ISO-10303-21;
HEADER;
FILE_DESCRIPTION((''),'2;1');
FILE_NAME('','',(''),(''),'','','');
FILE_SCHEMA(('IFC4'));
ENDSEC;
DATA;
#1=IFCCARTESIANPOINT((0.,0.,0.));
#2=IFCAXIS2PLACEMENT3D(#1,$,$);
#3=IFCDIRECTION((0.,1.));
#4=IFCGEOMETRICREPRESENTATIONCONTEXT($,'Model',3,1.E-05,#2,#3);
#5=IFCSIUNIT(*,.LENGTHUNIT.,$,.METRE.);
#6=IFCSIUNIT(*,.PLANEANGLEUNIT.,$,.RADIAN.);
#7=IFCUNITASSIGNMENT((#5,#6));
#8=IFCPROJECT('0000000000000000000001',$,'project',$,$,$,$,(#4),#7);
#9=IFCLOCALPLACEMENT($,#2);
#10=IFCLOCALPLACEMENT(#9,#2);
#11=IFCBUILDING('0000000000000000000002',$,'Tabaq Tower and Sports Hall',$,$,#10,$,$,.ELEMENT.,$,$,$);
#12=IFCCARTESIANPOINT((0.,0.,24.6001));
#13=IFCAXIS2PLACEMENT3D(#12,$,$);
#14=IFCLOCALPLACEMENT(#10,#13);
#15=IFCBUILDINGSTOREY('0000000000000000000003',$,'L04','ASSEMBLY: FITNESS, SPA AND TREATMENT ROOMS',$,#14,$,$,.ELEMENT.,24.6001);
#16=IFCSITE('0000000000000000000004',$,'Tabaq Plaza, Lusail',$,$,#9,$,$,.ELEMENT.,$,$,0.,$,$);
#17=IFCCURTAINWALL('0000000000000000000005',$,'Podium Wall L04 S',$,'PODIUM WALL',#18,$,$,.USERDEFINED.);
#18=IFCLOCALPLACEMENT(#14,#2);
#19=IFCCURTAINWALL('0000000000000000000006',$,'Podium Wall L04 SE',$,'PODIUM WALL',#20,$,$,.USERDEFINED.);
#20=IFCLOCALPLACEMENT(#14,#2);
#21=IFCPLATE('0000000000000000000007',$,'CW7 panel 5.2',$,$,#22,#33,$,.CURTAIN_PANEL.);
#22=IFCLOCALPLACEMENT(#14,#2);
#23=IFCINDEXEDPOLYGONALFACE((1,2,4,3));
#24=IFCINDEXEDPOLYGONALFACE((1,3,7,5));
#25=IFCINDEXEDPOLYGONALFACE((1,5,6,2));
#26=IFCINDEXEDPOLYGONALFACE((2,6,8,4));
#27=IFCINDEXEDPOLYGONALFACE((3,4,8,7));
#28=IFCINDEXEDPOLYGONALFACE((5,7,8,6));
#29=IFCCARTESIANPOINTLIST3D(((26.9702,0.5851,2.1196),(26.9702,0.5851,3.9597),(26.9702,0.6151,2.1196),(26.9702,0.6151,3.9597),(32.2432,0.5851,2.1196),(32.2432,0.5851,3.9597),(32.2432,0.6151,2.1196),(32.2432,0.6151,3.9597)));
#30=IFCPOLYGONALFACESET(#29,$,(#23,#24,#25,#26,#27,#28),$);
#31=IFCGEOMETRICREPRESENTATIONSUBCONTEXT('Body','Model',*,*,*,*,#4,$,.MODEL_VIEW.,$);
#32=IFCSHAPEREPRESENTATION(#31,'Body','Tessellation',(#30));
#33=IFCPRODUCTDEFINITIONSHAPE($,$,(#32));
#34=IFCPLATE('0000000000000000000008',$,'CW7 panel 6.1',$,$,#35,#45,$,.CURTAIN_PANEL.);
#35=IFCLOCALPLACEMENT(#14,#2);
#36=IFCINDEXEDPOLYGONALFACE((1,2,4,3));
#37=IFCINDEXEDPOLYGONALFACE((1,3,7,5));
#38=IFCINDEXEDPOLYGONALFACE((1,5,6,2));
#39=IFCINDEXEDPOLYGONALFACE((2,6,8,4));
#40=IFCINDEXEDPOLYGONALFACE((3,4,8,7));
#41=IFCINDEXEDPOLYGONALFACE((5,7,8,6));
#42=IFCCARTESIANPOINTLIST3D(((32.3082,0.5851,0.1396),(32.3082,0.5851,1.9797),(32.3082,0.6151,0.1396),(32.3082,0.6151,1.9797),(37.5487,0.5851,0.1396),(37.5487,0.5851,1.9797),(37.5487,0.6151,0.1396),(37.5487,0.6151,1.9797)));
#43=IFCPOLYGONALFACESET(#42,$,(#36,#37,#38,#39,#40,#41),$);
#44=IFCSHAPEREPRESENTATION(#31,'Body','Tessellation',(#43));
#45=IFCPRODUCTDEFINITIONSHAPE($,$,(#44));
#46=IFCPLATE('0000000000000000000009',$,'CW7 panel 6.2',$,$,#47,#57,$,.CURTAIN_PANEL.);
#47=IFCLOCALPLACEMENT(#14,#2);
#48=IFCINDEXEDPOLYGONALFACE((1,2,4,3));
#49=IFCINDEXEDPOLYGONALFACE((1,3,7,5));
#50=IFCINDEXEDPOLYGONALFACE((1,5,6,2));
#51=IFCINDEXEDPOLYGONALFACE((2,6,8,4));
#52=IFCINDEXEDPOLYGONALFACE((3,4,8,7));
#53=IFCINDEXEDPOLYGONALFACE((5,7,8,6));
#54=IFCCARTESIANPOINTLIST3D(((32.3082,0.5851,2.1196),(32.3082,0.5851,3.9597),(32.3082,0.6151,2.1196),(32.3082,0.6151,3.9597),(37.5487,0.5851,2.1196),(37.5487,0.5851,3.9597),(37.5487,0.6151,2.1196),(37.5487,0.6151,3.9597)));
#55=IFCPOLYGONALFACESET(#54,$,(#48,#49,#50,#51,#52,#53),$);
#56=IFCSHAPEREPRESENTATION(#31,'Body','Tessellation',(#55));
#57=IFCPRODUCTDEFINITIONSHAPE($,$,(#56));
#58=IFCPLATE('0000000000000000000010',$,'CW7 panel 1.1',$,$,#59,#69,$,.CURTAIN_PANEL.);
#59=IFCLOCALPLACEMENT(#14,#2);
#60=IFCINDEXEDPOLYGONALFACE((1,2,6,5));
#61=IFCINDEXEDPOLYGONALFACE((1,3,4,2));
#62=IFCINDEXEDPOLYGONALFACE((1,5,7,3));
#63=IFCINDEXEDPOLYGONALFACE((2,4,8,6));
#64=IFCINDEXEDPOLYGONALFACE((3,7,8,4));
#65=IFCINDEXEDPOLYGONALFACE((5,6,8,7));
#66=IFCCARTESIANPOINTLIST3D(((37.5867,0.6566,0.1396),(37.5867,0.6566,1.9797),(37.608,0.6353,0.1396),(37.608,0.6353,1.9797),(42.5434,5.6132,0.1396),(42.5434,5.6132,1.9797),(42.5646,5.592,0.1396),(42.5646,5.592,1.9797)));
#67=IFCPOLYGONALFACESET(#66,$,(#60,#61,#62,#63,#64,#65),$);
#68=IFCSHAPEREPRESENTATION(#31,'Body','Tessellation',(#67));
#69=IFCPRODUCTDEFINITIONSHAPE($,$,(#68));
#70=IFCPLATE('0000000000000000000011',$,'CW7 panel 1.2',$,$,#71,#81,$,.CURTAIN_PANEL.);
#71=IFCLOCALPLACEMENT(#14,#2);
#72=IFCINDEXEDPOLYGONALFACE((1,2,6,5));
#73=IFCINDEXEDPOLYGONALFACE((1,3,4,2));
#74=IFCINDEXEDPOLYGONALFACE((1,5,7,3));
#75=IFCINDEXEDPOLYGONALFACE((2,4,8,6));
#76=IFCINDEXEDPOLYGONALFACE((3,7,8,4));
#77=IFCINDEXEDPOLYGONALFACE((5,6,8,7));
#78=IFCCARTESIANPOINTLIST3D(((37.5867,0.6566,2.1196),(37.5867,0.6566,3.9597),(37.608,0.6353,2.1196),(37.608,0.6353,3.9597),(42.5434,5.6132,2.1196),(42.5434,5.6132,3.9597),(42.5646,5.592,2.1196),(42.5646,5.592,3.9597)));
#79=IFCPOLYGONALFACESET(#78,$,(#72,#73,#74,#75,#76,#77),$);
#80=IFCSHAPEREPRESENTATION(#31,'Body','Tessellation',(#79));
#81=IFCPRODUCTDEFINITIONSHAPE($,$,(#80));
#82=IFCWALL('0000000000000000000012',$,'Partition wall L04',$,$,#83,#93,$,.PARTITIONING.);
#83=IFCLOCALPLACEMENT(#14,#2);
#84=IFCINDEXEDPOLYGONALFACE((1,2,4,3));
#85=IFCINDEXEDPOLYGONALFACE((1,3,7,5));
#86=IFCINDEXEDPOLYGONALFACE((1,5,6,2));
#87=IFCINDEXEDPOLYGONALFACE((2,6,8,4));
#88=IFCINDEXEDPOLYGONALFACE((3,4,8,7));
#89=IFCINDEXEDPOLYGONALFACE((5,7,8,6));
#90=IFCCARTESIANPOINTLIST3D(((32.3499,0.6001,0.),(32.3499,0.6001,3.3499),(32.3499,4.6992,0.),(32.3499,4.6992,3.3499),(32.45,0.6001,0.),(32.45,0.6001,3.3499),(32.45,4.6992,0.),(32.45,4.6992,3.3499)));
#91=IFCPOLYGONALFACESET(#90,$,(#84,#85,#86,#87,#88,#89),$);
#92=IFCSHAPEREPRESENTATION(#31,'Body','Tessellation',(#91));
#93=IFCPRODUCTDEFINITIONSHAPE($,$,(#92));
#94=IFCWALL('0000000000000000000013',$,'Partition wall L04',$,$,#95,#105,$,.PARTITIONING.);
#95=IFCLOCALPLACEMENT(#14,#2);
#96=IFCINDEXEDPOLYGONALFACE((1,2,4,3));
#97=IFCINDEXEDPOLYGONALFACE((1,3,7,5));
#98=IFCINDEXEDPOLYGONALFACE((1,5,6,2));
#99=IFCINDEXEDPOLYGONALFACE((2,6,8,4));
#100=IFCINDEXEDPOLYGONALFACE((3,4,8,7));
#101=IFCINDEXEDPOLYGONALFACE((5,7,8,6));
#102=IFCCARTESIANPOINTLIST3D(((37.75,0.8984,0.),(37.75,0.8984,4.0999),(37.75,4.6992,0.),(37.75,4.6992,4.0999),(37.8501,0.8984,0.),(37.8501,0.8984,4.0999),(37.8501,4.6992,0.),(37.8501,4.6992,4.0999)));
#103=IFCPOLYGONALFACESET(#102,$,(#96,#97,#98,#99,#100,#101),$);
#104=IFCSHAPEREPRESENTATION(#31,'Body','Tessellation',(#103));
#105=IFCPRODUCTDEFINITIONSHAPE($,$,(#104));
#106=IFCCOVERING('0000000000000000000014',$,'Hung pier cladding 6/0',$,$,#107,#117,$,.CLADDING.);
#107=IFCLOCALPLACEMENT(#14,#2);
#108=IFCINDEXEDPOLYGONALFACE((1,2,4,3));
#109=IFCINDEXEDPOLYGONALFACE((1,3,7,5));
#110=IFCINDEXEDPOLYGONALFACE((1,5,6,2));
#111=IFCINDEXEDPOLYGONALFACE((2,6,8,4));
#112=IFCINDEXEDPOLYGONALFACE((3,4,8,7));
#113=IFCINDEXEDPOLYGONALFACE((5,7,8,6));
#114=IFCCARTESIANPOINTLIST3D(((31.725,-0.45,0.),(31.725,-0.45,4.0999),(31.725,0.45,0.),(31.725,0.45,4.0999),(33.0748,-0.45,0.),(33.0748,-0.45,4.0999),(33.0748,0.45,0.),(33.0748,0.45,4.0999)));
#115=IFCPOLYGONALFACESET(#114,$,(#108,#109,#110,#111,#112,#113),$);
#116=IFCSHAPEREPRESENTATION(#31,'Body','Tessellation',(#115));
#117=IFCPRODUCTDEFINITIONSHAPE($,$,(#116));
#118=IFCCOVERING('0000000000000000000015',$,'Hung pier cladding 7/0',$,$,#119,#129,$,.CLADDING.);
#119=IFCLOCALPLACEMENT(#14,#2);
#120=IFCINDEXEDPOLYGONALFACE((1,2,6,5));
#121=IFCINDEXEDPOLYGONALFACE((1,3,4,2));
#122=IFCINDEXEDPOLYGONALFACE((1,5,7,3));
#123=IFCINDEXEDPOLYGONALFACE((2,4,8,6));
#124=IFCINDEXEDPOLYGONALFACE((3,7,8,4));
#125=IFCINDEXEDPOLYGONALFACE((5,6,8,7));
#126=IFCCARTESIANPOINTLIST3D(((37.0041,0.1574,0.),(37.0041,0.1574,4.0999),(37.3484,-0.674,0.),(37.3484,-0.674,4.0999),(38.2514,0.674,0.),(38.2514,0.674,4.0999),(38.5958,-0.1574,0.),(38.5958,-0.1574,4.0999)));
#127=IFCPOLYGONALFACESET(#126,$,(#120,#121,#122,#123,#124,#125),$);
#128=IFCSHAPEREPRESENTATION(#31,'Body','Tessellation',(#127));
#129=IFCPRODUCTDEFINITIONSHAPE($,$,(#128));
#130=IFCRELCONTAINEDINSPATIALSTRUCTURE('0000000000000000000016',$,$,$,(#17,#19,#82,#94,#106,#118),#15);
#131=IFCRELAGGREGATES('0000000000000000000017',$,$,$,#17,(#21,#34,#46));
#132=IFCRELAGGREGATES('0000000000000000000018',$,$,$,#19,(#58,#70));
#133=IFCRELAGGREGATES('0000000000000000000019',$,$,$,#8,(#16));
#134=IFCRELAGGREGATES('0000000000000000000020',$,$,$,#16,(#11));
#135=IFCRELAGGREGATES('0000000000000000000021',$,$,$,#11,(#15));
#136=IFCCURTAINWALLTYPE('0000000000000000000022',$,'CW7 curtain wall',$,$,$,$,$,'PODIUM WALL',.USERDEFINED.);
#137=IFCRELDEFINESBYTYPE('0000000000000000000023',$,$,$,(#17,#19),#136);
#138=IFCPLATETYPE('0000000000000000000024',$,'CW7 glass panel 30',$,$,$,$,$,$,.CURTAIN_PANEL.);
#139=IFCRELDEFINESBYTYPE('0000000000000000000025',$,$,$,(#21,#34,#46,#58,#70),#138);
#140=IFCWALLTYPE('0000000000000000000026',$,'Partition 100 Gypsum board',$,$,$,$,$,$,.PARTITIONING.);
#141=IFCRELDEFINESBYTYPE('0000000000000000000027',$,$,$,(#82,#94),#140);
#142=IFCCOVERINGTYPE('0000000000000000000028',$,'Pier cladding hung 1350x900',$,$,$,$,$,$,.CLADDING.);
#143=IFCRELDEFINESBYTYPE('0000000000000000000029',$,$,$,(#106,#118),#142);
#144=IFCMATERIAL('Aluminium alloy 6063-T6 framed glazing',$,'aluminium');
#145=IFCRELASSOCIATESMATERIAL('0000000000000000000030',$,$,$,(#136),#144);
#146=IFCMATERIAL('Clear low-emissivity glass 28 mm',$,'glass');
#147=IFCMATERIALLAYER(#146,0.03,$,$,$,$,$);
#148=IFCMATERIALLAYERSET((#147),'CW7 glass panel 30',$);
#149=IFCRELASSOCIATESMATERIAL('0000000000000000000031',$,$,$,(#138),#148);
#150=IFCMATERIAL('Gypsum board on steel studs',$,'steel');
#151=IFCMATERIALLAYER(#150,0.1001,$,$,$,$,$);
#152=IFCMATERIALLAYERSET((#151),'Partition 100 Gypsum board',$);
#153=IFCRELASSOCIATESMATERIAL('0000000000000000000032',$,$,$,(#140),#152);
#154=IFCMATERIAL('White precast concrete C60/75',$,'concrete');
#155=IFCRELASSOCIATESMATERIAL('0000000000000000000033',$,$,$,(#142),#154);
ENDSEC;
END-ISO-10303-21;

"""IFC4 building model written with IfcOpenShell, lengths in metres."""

from ifc_helpers import new_model, si_unit, direction, frame, frame_2d, origin, origin_2d, place, context, subcontext, project, spatial, rectangle, extrude, material, layer, layer_set, type_object, element, aggregate, save


model = new_model("IFC4")

# Units and contexts
model_context = context("Model", 3, precision=1e-05, world=origin(), true_north=direction((0.0, 1.0)))
body_context = subcontext(model_context, "Body", "Model", "MODEL_VIEW")
ifc_project = project(units=[si_unit("LENGTHUNIT", "METRE"), si_unit("PLANEANGLEUNIT", "RADIAN")], contexts=[model_context])

# Site, building, storey
site_placement = place(None, origin())
site = spatial("IfcSite", under=ifc_project, at=site_placement, Name="Tabaq Plaza, Lusail", CompositionType="ELEMENT", RefElevation=0.0)
building_placement = place(site_placement, origin())
building = spatial("IfcBuilding", under=site, at=building_placement, Name="Tabaq Tower and Sports Hall", CompositionType="ELEMENT")
storey_placement = place(building_placement, frame((0.0, 0.0, 24.6001)))
storey = spatial("IfcBuildingStorey", under=building, at=storey_placement, Name="L04", Description="ASSEMBLY: FITNESS, SPA AND TREATMENT ROOMS", CompositionType="ELEMENT", Elevation=24.6001)

# Curtain wall
ifc_material_1 = material(Name="Aluminium alloy 6063-T6 framed glazing", Category="aluminium")
curtain_wall_type = type_object("IfcCurtainWallType", Name="CW7 curtain wall", ElementType="PODIUM WALL", PredefinedType="USERDEFINED", material=ifc_material_1)
curtain_wall_1_placement = place(storey_placement, origin())
curtain_wall_1 = element("IfcCurtainWall", 1, at=curtain_wall_1_placement, inside=storey, type_object=curtain_wall_type, Name="Podium Wall L04 S", ObjectType="PODIUM WALL", PredefinedType="USERDEFINED")

# Curtain wall
curtain_wall_2_placement = place(storey_placement, origin())
curtain_wall_2 = element("IfcCurtainWall", 2, at=curtain_wall_2_placement, inside=storey, type_object=curtain_wall_type, Name="Podium Wall L04 SE", ObjectType="PODIUM WALL", PredefinedType="USERDEFINED")

# Plates
ifc_material_2 = material(Name="Clear low-emissivity glass 28 mm", Category="glass")
ifc_layer_1 = layer(ifc_material_2, 0.03)
ifc_layer_set_1 = layer_set([ifc_layer_1], Name="CW7 glass panel 30")
plate_type = type_object("IfcPlateType", Name="CW7 glass panel 30", PredefinedType="CURTAIN_PANEL", material=ifc_layer_set_1)
plate_1_placement = place(storey_placement, frame((29.6067, 0.6001, 2.1196), z_axis=(0.0, 0.0, 1.0), x_axis=(1.0, 0.0, 0.0)))
plate_1 = element("IfcPlate", 3, at=plate_1_placement, type_object=plate_type, Name="CW7 panel 5.2", PredefinedType="CURTAIN_PANEL", context=body_context, shape_type="SweptSolid", body=[
    extrude(rectangle(XDim=5.2729, YDim=0.03, at=origin_2d()), origin(), (0.0, 0.0, 1.0), 1.8401),
])
plate_2_placement = place(storey_placement, frame((34.9285, 0.6001, 0.1396), z_axis=(0.0, 0.0, 1.0), x_axis=(1.0, 0.0, 0.0)))
plate_2 = element("IfcPlate", 4, at=plate_2_placement, type_object=plate_type, Name="CW7 panel 6.1", PredefinedType="CURTAIN_PANEL", context=body_context, shape_type="SweptSolid", body=[
    extrude(rectangle(XDim=5.2405, YDim=0.03, at=origin_2d()), origin(), (0.0, 0.0, 1.0), 1.8401),
])
plate_3_placement = place(storey_placement, frame((34.9285, 0.6001, 2.1196), z_axis=(0.0, 0.0, 1.0), x_axis=(1.0, 0.0, 0.0)))
plate_3 = element("IfcPlate", 5, at=plate_3_placement, type_object=plate_type, Name="CW7 panel 6.2", PredefinedType="CURTAIN_PANEL", context=body_context, shape_type="SweptSolid", body=[
    extrude(rectangle(XDim=5.2405, YDim=0.03, at=origin_2d()), origin(), (0.0, 0.0, 1.0), 1.8401),
])
aggregate(curtain_wall_1, [plate_1, plate_2, plate_3])
plate_4_placement = place(storey_placement, frame((40.0757, 3.1243, 0.1396), z_axis=(0.0, 0.0, 1.0), x_axis=(0.707107, 0.707107, 0.0)))
plate_4 = element("IfcPlate", 6, at=plate_4_placement, type_object=plate_type, Name="CW7 panel 1.1", PredefinedType="CURTAIN_PANEL", context=body_context, shape_type="SweptSolid", body=[
    extrude(rectangle(XDim=7.0098, YDim=0.03, at=origin_2d()), origin(), (0.0, 0.0, 1.0), 1.8401),
])
plate_5_placement = place(storey_placement, frame((40.0757, 3.1243, 2.1196), z_axis=(0.0, 0.0, 1.0), x_axis=(0.707107, 0.707107, 0.0)))
plate_5 = element("IfcPlate", 7, at=plate_5_placement, type_object=plate_type, Name="CW7 panel 1.2", PredefinedType="CURTAIN_PANEL", context=body_context, shape_type="SweptSolid", body=[
    extrude(rectangle(XDim=7.0098, YDim=0.03, at=origin_2d()), origin(), (0.0, 0.0, 1.0), 1.8401),
])
aggregate(curtain_wall_2, [plate_4, plate_5])

# Walls
ifc_material_3 = material(Name="Gypsum board on steel studs", Category="steel")
ifc_layer_2 = layer(ifc_material_3, 0.1001)
ifc_layer_set_2 = layer_set([ifc_layer_2], Name="Partition 100 Gypsum board")
wall_type = type_object("IfcWallType", Name="Partition 100 Gypsum board", PredefinedType="PARTITIONING", material=ifc_layer_set_2)
wall_1_placement = place(storey_placement, frame((32.3999, 0.6001, 0.0), z_axis=(0.0, 0.0, 1.0), x_axis=(0.0, 1.0, 0.0)))
element("IfcWall", 8, at=wall_1_placement, inside=storey, type_object=wall_type, Name="Partition wall L04", PredefinedType="PARTITIONING", context=body_context, shape_type="SweptSolid", body=[
    extrude(rectangle(XDim=4.0991, YDim=0.1001, at=frame_2d((2.0496, 0.0))), origin(), (0.0, 0.0, 1.0), 3.3499),
])
wall_2_placement = place(storey_placement, frame((37.8, 0.8984, 0.0), z_axis=(0.0, 0.0, 1.0), x_axis=(0.0, 1.0, 0.0)))
element("IfcWall", 9, at=wall_2_placement, inside=storey, type_object=wall_type, Name="Partition wall L04", PredefinedType="PARTITIONING", context=body_context, shape_type="SweptSolid", body=[
    extrude(rectangle(XDim=3.8008, YDim=0.1001, at=frame_2d((1.9004, 0.0))), origin(), (0.0, 0.0, 1.0), 4.0999),
])

# Coverings
ifc_material_4 = material(Name="White precast concrete C60/75", Category="concrete")
covering_type = type_object("IfcCoveringType", Name="Pier cladding hung 1350x900", PredefinedType="CLADDING", material=ifc_material_4)
covering_1_placement = place(storey_placement, frame((31.7251, 0.0, 0.0), z_axis=(0.0, 0.0, 1.0), x_axis=(1.0, 0.0, 0.0)))
element("IfcCovering", 10, at=covering_1_placement, inside=storey, type_object=covering_type, Name="Hung pier cladding 6/0", PredefinedType="CLADDING", context=body_context, shape_type="SweptSolid", body=[
    extrude(rectangle(XDim=1.3499, YDim=0.8999, at=frame_2d((0.6748, 0.0))), origin(), (0.0, 0.0, 1.0), 4.0999),
])
covering_2_placement = place(storey_placement, frame((37.1763, -0.2583, 0.0), z_axis=(0.0, 0.0, 1.0), x_axis=(0.923893, 0.38265, 0.0)))
element("IfcCovering", 11, at=covering_2_placement, inside=storey, type_object=covering_type, Name="Hung pier cladding 7/0", PredefinedType="CLADDING", context=body_context, shape_type="SweptSolid", body=[
    extrude(rectangle(XDim=1.3501, YDim=0.8999, at=frame_2d((0.675, 0.0))), origin(), (0.0, 0.0, 1.0), 4.0999),
])

save(model, "model.ifc")
